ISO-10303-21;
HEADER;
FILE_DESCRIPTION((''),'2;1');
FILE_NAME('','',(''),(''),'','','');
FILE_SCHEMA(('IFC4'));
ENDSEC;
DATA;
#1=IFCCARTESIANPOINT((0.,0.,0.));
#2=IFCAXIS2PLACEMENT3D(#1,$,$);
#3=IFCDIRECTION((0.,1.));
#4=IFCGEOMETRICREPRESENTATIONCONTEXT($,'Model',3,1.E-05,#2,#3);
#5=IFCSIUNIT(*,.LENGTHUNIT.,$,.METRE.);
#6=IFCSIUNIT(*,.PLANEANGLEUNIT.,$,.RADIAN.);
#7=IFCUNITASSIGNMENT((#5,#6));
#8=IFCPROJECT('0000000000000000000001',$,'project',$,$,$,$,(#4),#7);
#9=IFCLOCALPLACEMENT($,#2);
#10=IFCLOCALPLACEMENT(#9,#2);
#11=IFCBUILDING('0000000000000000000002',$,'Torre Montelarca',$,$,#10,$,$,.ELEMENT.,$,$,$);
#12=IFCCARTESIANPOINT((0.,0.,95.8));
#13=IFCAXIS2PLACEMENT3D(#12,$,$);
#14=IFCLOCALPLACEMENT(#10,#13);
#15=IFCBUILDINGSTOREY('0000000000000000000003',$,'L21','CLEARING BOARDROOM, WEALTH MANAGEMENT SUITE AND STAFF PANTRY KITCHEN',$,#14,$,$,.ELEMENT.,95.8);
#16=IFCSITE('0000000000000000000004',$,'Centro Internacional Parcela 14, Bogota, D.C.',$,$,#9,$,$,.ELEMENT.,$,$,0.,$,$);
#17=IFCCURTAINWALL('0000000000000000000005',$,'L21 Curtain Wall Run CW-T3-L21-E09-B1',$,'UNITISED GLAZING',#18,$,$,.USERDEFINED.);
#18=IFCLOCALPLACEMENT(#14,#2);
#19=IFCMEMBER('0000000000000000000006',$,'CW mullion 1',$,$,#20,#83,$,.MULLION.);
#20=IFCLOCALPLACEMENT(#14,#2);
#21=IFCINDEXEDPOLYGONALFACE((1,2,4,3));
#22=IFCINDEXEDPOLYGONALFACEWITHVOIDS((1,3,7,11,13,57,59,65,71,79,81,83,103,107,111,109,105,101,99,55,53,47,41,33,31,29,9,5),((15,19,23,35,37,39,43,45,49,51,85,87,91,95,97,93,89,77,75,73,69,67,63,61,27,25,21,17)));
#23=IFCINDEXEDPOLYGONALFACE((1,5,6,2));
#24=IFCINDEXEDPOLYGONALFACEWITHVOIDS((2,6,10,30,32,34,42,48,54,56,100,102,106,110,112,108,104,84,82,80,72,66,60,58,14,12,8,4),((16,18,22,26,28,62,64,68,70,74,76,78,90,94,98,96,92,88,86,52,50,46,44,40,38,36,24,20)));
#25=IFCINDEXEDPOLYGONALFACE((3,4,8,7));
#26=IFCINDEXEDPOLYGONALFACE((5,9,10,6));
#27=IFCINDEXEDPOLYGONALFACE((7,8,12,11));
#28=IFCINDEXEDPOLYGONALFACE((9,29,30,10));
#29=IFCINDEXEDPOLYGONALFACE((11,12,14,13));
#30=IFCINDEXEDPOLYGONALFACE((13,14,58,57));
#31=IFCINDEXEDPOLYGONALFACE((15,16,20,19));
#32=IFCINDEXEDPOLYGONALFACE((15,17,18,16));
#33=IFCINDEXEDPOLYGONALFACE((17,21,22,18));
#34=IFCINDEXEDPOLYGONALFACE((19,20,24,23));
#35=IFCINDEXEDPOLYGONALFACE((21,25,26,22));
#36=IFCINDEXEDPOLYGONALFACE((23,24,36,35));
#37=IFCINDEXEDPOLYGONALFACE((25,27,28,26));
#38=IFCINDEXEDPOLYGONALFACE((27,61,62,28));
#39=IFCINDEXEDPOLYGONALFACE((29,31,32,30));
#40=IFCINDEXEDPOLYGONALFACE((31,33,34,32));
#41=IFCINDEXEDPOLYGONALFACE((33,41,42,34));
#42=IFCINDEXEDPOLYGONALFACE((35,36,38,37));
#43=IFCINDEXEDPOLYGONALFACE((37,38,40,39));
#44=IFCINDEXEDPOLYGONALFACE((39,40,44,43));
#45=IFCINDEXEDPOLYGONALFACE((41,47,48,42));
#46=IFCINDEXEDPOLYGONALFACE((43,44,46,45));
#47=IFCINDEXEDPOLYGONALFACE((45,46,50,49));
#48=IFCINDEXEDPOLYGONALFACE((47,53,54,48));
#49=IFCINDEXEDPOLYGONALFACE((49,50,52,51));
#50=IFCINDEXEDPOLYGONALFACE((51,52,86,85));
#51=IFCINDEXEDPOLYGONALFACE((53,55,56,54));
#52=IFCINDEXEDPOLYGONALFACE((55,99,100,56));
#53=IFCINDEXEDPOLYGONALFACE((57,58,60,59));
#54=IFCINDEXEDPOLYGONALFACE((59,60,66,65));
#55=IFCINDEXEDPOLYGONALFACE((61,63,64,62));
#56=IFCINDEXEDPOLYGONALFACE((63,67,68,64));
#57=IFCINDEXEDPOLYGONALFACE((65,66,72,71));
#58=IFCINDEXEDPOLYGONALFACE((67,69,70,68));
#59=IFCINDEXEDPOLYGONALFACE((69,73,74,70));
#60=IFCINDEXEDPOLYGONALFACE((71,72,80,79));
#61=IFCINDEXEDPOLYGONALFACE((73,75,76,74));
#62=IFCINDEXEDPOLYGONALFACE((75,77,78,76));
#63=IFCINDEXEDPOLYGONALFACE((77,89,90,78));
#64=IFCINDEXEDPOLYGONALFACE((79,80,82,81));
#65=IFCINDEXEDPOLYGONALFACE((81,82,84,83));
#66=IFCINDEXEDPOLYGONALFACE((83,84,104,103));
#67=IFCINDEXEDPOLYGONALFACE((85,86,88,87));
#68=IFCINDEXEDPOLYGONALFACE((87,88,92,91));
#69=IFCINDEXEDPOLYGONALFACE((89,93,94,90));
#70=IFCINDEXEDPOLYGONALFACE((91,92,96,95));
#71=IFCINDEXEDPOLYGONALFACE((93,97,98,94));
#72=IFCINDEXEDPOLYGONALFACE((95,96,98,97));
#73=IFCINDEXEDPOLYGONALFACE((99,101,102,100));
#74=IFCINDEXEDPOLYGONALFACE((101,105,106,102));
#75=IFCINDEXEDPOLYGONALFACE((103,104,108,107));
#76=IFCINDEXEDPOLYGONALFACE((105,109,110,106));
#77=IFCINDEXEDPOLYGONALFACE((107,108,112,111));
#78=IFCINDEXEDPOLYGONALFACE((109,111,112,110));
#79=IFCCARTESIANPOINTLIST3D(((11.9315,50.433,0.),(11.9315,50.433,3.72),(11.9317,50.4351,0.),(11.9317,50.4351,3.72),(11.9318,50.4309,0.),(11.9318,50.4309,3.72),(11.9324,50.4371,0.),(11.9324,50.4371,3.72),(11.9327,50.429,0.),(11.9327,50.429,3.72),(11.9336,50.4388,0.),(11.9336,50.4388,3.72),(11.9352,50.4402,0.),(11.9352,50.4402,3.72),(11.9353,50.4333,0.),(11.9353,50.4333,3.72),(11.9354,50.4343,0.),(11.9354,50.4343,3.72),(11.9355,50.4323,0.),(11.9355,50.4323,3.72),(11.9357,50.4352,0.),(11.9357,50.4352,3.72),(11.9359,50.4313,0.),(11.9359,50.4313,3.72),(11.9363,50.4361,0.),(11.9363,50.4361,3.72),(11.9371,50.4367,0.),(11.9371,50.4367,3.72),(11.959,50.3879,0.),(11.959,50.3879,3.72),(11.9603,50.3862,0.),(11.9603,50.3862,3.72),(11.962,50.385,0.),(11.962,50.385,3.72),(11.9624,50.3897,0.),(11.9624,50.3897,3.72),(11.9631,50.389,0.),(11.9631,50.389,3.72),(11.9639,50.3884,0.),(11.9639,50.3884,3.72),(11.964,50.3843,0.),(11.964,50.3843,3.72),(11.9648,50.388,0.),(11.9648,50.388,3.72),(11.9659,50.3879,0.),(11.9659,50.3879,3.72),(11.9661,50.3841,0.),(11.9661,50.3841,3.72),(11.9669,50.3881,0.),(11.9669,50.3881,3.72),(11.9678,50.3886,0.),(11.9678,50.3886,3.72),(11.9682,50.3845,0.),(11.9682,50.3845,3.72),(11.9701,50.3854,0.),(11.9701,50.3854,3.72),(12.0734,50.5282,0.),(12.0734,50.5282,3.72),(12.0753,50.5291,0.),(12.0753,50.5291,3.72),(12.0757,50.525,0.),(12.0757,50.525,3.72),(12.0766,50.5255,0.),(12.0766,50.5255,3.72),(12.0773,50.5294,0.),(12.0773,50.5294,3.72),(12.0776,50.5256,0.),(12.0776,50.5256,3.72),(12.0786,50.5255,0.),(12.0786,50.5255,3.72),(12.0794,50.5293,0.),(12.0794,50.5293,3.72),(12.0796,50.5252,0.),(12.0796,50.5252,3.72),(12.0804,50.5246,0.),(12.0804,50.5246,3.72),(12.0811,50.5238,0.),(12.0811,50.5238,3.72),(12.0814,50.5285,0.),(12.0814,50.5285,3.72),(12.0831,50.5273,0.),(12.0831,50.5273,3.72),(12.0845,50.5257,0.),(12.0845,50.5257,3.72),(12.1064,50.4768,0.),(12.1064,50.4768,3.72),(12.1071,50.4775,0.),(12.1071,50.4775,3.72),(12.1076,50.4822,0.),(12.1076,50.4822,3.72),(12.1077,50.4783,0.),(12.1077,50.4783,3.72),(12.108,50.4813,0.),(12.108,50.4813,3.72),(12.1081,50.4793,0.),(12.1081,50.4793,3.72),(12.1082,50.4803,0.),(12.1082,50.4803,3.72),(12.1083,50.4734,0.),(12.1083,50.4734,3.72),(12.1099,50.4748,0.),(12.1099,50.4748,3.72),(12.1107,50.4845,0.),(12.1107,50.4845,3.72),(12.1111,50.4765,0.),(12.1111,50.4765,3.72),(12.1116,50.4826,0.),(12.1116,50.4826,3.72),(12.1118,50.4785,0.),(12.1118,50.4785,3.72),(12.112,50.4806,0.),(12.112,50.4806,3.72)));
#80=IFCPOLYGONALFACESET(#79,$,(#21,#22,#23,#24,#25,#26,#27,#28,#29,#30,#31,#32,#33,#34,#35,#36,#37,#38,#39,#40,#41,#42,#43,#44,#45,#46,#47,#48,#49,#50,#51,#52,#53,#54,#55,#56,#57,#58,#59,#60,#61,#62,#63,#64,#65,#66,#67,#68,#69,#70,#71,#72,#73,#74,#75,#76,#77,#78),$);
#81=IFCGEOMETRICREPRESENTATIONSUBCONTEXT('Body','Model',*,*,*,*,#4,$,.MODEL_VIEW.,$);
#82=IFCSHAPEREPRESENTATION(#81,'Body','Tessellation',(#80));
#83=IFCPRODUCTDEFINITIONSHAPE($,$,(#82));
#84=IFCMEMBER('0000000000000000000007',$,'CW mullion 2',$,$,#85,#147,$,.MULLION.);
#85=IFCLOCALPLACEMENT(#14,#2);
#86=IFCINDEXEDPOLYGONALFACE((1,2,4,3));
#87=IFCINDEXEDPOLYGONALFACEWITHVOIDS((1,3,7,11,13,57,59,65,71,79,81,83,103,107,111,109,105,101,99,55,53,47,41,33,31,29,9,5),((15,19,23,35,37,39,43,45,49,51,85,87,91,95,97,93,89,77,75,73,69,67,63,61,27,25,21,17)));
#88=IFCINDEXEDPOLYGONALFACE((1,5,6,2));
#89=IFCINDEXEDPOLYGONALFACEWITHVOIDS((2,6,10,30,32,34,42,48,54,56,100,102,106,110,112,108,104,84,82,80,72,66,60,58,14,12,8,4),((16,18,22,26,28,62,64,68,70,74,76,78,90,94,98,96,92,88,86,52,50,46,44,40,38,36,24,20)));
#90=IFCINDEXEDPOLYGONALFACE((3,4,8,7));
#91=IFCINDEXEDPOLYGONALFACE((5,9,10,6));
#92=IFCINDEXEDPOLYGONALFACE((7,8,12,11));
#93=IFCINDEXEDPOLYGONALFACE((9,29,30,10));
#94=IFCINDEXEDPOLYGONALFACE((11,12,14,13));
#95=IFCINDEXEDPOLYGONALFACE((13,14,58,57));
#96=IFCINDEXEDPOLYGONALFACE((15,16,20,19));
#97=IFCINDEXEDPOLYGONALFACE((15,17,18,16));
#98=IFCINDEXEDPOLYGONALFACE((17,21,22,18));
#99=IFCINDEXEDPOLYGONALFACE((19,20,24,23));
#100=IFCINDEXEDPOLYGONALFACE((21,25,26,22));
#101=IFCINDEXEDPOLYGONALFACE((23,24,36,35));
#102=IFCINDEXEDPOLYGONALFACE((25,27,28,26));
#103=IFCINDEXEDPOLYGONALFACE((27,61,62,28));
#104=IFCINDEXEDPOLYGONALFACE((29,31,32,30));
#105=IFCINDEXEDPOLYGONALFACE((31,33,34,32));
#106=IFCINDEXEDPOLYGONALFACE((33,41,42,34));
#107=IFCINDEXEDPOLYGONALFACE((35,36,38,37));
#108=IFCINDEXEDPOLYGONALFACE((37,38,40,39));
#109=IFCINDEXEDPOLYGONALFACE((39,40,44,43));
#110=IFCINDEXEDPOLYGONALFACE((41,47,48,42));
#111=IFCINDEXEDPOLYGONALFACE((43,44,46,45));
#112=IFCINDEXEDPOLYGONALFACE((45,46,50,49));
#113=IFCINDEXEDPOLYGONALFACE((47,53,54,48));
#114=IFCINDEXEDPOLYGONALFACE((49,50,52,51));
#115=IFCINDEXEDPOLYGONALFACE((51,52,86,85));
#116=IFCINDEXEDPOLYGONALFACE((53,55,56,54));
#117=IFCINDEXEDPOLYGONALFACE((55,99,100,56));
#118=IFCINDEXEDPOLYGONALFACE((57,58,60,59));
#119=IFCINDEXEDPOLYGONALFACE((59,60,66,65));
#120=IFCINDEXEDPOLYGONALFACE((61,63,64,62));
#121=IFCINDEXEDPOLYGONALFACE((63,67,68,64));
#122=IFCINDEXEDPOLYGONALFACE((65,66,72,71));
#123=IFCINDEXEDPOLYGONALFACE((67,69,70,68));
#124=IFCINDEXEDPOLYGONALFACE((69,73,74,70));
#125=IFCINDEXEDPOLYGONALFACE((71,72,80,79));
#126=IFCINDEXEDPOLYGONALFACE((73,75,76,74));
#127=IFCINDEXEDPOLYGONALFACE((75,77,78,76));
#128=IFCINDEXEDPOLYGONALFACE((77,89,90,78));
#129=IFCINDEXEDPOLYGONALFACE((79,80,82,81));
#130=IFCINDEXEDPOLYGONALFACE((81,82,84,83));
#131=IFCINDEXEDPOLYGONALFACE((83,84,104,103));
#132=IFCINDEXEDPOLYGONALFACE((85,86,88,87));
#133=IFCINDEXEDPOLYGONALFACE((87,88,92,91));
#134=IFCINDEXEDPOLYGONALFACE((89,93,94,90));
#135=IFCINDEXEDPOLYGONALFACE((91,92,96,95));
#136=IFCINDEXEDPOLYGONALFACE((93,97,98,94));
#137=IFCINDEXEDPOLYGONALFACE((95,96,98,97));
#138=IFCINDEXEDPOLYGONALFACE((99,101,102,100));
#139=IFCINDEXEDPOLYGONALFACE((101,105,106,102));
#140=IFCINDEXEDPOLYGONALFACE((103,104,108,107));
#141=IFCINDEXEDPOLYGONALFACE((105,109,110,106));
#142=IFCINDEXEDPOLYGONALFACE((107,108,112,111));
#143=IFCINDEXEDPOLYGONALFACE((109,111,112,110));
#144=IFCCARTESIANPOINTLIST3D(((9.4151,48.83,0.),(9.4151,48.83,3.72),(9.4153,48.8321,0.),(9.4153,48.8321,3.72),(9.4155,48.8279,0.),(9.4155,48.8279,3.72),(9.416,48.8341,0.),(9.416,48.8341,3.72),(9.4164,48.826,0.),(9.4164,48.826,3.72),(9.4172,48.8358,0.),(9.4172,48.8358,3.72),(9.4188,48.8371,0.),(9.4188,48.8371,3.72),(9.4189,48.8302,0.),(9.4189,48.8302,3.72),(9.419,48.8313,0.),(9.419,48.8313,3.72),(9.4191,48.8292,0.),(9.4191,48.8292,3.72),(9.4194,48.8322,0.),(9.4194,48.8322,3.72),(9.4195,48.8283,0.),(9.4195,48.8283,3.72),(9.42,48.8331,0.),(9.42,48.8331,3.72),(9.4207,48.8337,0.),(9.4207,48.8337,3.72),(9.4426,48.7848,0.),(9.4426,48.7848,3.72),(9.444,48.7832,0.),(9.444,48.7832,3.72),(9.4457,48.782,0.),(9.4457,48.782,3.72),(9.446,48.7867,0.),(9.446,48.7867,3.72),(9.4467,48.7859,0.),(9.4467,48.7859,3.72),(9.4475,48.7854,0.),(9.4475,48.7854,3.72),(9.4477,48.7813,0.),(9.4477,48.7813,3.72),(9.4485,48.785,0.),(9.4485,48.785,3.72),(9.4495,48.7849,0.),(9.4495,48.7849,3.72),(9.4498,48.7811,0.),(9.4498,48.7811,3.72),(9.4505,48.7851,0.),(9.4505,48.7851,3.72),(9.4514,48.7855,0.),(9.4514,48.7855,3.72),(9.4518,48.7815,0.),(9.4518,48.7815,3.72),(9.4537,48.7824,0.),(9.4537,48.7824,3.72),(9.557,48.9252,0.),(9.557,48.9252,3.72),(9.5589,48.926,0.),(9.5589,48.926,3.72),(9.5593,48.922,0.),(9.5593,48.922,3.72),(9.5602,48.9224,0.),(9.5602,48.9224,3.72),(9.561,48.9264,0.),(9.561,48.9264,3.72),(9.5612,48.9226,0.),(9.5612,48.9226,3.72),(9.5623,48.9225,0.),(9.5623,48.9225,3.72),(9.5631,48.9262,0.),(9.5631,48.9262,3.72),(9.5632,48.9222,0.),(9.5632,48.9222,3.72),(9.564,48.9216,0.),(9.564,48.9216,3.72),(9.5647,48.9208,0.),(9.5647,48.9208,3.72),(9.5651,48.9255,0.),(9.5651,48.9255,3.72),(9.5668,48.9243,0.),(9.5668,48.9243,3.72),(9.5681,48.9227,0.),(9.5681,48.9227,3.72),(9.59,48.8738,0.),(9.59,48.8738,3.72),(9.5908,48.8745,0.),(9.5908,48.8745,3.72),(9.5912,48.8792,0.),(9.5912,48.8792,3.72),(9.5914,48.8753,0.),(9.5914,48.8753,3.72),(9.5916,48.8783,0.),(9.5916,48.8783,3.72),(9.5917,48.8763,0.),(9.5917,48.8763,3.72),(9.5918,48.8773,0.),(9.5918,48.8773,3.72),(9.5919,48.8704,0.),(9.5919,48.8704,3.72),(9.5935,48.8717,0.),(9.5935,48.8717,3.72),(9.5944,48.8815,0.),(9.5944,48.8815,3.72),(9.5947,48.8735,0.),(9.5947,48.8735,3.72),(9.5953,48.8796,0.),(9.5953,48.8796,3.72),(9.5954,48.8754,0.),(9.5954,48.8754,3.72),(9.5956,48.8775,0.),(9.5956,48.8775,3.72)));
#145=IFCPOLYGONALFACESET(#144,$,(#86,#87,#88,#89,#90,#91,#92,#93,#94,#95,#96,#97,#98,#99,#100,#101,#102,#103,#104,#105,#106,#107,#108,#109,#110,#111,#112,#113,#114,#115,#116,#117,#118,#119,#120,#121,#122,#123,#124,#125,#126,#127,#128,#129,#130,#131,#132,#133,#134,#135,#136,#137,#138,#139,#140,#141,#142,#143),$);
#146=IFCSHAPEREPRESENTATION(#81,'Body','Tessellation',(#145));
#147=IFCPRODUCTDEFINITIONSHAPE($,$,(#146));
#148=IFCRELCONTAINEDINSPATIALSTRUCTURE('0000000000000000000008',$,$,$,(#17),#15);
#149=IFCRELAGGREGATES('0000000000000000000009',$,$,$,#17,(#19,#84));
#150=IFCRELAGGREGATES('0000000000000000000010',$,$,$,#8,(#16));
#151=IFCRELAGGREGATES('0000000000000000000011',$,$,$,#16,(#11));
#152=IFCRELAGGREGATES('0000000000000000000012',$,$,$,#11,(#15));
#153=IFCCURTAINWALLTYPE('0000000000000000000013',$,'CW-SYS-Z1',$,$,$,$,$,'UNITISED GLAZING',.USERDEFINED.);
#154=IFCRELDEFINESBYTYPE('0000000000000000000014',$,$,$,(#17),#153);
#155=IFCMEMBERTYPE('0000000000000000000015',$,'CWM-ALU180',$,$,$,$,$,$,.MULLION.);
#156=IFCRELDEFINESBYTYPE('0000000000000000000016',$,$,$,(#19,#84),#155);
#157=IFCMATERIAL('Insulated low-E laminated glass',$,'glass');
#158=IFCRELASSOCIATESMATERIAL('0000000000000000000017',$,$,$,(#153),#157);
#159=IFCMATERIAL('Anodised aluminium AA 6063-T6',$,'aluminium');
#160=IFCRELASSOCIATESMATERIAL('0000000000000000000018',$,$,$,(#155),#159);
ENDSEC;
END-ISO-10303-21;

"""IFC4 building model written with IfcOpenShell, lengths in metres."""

from ifc_helpers import new_model, si_unit, direction, frame, origin, origin_2d, place, context, subcontext, project, spatial, hollow_rectangle, extrude, source, transform, mapped, material, material_profile, profile_set, type_object, element, aggregate, save


model = new_model("IFC4")

# Units and contexts
model_context = context("Model", 3, precision=1e-05, world=origin(), true_north=direction((0.0, 1.0)))
body_context = subcontext(model_context, "Body", "Model", "MODEL_VIEW")
ifc_project = project(units=[si_unit("LENGTHUNIT", "METRE"), si_unit("PLANEANGLEUNIT", "RADIAN")], contexts=[model_context])

# Site, building, storey
site_placement = place(None, origin())
site = spatial("IfcSite", under=ifc_project, at=site_placement, Name="Centro Internacional Parcela 14, Bogota, D.C.", CompositionType="ELEMENT", RefElevation=0.0)
building_placement = place(site_placement, origin())
building = spatial("IfcBuilding", under=site, at=building_placement, Name="Torre Montelarca", CompositionType="ELEMENT")
storey_placement = place(building_placement, frame((0.0, 0.0, 95.8)))
storey = spatial("IfcBuildingStorey", under=building, at=storey_placement, Name="L21", Description="CLEARING BOARDROOM, WEALTH MANAGEMENT SUITE AND STAFF PANTRY KITCHEN", CompositionType="ELEMENT", Elevation=95.8)

# Curtain wall
ifc_material_1 = material(Name="Insulated low-E laminated glass", Category="glass")
curtain_wall_type = type_object("IfcCurtainWallType", Name="CW-SYS-Z1", ElementType="UNITISED GLAZING", PredefinedType="USERDEFINED", material=ifc_material_1)
curtain_wall_1_placement = place(storey_placement, origin())
curtain_wall_1 = element("IfcCurtainWall", 1, at=curtain_wall_1_placement, inside=storey, type_object=curtain_wall_type, Name="L21 Curtain Wall Run CW-T3-L21-E09-B1", ObjectType="UNITISED GLAZING", PredefinedType="USERDEFINED")
ifc_material_2 = material(Name="Anodised aluminium AA 6063-T6", Category="aluminium")

# Members
ifc_material_profile_1 = material_profile(ifc_material_2, hollow_rectangle(XDim=0.0649, YDim=0.1799, WallThickness=0.0039, InnerFilletRadius=0.0039, OuterFilletRadius=0.0081, at=origin_2d()), Name="ALU65X180X4", Category="aluminium")
ifc_profile_set_1 = profile_set([ifc_material_profile_1], Name="Anodised aluminium AA 6063-T6")
member_type_1 = type_object("IfcMemberType", Name="CWM-ALU180", PredefinedType="MULLION", material=ifc_profile_set_1)
shared_shape_1 = source(origin(), body_context, "Body", "SweptSolid", [
    extrude(hollow_rectangle(XDim=0.0649, YDim=0.1799, WallThickness=0.0039, InnerFilletRadius=0.0039, OuterFilletRadius=0.0081, at=origin_2d()), origin(), (0.0, 0.0, 1.0), 3.72),
])
member_1_placement = place(storey_placement, frame((12.0217, 50.4568, 0.0), z_axis=(0.0, 0.0, 1.0), x_axis=(0.537316, -0.843381, 0.0)))
member_1 = element("IfcMember", 2, at=member_1_placement, type_object=member_type_1, Name="CW mullion 1", PredefinedType="MULLION", context=body_context, shape_type="MappedRepresentation", body=[
    mapped(shared_shape_1, transform((0.0, 0.0, 0.0), scale=1.0)),
])
member_2_placement = place(storey_placement, frame((9.5054, 48.8538, 0.0), z_axis=(0.0, 0.0, 1.0), x_axis=(0.537316, -0.843381, 0.0)))
member_2 = element("IfcMember", 3, at=member_2_placement, type_object=member_type_1, Name="CW mullion 2", PredefinedType="MULLION", context=body_context, shape_type="MappedRepresentation", body=[
    mapped(shared_shape_1, transform((0.0, 0.0, 0.0), scale=1.0)),
])

aggregate(curtain_wall_1, [member_1, member_2])

save(model, "model.ifc")
